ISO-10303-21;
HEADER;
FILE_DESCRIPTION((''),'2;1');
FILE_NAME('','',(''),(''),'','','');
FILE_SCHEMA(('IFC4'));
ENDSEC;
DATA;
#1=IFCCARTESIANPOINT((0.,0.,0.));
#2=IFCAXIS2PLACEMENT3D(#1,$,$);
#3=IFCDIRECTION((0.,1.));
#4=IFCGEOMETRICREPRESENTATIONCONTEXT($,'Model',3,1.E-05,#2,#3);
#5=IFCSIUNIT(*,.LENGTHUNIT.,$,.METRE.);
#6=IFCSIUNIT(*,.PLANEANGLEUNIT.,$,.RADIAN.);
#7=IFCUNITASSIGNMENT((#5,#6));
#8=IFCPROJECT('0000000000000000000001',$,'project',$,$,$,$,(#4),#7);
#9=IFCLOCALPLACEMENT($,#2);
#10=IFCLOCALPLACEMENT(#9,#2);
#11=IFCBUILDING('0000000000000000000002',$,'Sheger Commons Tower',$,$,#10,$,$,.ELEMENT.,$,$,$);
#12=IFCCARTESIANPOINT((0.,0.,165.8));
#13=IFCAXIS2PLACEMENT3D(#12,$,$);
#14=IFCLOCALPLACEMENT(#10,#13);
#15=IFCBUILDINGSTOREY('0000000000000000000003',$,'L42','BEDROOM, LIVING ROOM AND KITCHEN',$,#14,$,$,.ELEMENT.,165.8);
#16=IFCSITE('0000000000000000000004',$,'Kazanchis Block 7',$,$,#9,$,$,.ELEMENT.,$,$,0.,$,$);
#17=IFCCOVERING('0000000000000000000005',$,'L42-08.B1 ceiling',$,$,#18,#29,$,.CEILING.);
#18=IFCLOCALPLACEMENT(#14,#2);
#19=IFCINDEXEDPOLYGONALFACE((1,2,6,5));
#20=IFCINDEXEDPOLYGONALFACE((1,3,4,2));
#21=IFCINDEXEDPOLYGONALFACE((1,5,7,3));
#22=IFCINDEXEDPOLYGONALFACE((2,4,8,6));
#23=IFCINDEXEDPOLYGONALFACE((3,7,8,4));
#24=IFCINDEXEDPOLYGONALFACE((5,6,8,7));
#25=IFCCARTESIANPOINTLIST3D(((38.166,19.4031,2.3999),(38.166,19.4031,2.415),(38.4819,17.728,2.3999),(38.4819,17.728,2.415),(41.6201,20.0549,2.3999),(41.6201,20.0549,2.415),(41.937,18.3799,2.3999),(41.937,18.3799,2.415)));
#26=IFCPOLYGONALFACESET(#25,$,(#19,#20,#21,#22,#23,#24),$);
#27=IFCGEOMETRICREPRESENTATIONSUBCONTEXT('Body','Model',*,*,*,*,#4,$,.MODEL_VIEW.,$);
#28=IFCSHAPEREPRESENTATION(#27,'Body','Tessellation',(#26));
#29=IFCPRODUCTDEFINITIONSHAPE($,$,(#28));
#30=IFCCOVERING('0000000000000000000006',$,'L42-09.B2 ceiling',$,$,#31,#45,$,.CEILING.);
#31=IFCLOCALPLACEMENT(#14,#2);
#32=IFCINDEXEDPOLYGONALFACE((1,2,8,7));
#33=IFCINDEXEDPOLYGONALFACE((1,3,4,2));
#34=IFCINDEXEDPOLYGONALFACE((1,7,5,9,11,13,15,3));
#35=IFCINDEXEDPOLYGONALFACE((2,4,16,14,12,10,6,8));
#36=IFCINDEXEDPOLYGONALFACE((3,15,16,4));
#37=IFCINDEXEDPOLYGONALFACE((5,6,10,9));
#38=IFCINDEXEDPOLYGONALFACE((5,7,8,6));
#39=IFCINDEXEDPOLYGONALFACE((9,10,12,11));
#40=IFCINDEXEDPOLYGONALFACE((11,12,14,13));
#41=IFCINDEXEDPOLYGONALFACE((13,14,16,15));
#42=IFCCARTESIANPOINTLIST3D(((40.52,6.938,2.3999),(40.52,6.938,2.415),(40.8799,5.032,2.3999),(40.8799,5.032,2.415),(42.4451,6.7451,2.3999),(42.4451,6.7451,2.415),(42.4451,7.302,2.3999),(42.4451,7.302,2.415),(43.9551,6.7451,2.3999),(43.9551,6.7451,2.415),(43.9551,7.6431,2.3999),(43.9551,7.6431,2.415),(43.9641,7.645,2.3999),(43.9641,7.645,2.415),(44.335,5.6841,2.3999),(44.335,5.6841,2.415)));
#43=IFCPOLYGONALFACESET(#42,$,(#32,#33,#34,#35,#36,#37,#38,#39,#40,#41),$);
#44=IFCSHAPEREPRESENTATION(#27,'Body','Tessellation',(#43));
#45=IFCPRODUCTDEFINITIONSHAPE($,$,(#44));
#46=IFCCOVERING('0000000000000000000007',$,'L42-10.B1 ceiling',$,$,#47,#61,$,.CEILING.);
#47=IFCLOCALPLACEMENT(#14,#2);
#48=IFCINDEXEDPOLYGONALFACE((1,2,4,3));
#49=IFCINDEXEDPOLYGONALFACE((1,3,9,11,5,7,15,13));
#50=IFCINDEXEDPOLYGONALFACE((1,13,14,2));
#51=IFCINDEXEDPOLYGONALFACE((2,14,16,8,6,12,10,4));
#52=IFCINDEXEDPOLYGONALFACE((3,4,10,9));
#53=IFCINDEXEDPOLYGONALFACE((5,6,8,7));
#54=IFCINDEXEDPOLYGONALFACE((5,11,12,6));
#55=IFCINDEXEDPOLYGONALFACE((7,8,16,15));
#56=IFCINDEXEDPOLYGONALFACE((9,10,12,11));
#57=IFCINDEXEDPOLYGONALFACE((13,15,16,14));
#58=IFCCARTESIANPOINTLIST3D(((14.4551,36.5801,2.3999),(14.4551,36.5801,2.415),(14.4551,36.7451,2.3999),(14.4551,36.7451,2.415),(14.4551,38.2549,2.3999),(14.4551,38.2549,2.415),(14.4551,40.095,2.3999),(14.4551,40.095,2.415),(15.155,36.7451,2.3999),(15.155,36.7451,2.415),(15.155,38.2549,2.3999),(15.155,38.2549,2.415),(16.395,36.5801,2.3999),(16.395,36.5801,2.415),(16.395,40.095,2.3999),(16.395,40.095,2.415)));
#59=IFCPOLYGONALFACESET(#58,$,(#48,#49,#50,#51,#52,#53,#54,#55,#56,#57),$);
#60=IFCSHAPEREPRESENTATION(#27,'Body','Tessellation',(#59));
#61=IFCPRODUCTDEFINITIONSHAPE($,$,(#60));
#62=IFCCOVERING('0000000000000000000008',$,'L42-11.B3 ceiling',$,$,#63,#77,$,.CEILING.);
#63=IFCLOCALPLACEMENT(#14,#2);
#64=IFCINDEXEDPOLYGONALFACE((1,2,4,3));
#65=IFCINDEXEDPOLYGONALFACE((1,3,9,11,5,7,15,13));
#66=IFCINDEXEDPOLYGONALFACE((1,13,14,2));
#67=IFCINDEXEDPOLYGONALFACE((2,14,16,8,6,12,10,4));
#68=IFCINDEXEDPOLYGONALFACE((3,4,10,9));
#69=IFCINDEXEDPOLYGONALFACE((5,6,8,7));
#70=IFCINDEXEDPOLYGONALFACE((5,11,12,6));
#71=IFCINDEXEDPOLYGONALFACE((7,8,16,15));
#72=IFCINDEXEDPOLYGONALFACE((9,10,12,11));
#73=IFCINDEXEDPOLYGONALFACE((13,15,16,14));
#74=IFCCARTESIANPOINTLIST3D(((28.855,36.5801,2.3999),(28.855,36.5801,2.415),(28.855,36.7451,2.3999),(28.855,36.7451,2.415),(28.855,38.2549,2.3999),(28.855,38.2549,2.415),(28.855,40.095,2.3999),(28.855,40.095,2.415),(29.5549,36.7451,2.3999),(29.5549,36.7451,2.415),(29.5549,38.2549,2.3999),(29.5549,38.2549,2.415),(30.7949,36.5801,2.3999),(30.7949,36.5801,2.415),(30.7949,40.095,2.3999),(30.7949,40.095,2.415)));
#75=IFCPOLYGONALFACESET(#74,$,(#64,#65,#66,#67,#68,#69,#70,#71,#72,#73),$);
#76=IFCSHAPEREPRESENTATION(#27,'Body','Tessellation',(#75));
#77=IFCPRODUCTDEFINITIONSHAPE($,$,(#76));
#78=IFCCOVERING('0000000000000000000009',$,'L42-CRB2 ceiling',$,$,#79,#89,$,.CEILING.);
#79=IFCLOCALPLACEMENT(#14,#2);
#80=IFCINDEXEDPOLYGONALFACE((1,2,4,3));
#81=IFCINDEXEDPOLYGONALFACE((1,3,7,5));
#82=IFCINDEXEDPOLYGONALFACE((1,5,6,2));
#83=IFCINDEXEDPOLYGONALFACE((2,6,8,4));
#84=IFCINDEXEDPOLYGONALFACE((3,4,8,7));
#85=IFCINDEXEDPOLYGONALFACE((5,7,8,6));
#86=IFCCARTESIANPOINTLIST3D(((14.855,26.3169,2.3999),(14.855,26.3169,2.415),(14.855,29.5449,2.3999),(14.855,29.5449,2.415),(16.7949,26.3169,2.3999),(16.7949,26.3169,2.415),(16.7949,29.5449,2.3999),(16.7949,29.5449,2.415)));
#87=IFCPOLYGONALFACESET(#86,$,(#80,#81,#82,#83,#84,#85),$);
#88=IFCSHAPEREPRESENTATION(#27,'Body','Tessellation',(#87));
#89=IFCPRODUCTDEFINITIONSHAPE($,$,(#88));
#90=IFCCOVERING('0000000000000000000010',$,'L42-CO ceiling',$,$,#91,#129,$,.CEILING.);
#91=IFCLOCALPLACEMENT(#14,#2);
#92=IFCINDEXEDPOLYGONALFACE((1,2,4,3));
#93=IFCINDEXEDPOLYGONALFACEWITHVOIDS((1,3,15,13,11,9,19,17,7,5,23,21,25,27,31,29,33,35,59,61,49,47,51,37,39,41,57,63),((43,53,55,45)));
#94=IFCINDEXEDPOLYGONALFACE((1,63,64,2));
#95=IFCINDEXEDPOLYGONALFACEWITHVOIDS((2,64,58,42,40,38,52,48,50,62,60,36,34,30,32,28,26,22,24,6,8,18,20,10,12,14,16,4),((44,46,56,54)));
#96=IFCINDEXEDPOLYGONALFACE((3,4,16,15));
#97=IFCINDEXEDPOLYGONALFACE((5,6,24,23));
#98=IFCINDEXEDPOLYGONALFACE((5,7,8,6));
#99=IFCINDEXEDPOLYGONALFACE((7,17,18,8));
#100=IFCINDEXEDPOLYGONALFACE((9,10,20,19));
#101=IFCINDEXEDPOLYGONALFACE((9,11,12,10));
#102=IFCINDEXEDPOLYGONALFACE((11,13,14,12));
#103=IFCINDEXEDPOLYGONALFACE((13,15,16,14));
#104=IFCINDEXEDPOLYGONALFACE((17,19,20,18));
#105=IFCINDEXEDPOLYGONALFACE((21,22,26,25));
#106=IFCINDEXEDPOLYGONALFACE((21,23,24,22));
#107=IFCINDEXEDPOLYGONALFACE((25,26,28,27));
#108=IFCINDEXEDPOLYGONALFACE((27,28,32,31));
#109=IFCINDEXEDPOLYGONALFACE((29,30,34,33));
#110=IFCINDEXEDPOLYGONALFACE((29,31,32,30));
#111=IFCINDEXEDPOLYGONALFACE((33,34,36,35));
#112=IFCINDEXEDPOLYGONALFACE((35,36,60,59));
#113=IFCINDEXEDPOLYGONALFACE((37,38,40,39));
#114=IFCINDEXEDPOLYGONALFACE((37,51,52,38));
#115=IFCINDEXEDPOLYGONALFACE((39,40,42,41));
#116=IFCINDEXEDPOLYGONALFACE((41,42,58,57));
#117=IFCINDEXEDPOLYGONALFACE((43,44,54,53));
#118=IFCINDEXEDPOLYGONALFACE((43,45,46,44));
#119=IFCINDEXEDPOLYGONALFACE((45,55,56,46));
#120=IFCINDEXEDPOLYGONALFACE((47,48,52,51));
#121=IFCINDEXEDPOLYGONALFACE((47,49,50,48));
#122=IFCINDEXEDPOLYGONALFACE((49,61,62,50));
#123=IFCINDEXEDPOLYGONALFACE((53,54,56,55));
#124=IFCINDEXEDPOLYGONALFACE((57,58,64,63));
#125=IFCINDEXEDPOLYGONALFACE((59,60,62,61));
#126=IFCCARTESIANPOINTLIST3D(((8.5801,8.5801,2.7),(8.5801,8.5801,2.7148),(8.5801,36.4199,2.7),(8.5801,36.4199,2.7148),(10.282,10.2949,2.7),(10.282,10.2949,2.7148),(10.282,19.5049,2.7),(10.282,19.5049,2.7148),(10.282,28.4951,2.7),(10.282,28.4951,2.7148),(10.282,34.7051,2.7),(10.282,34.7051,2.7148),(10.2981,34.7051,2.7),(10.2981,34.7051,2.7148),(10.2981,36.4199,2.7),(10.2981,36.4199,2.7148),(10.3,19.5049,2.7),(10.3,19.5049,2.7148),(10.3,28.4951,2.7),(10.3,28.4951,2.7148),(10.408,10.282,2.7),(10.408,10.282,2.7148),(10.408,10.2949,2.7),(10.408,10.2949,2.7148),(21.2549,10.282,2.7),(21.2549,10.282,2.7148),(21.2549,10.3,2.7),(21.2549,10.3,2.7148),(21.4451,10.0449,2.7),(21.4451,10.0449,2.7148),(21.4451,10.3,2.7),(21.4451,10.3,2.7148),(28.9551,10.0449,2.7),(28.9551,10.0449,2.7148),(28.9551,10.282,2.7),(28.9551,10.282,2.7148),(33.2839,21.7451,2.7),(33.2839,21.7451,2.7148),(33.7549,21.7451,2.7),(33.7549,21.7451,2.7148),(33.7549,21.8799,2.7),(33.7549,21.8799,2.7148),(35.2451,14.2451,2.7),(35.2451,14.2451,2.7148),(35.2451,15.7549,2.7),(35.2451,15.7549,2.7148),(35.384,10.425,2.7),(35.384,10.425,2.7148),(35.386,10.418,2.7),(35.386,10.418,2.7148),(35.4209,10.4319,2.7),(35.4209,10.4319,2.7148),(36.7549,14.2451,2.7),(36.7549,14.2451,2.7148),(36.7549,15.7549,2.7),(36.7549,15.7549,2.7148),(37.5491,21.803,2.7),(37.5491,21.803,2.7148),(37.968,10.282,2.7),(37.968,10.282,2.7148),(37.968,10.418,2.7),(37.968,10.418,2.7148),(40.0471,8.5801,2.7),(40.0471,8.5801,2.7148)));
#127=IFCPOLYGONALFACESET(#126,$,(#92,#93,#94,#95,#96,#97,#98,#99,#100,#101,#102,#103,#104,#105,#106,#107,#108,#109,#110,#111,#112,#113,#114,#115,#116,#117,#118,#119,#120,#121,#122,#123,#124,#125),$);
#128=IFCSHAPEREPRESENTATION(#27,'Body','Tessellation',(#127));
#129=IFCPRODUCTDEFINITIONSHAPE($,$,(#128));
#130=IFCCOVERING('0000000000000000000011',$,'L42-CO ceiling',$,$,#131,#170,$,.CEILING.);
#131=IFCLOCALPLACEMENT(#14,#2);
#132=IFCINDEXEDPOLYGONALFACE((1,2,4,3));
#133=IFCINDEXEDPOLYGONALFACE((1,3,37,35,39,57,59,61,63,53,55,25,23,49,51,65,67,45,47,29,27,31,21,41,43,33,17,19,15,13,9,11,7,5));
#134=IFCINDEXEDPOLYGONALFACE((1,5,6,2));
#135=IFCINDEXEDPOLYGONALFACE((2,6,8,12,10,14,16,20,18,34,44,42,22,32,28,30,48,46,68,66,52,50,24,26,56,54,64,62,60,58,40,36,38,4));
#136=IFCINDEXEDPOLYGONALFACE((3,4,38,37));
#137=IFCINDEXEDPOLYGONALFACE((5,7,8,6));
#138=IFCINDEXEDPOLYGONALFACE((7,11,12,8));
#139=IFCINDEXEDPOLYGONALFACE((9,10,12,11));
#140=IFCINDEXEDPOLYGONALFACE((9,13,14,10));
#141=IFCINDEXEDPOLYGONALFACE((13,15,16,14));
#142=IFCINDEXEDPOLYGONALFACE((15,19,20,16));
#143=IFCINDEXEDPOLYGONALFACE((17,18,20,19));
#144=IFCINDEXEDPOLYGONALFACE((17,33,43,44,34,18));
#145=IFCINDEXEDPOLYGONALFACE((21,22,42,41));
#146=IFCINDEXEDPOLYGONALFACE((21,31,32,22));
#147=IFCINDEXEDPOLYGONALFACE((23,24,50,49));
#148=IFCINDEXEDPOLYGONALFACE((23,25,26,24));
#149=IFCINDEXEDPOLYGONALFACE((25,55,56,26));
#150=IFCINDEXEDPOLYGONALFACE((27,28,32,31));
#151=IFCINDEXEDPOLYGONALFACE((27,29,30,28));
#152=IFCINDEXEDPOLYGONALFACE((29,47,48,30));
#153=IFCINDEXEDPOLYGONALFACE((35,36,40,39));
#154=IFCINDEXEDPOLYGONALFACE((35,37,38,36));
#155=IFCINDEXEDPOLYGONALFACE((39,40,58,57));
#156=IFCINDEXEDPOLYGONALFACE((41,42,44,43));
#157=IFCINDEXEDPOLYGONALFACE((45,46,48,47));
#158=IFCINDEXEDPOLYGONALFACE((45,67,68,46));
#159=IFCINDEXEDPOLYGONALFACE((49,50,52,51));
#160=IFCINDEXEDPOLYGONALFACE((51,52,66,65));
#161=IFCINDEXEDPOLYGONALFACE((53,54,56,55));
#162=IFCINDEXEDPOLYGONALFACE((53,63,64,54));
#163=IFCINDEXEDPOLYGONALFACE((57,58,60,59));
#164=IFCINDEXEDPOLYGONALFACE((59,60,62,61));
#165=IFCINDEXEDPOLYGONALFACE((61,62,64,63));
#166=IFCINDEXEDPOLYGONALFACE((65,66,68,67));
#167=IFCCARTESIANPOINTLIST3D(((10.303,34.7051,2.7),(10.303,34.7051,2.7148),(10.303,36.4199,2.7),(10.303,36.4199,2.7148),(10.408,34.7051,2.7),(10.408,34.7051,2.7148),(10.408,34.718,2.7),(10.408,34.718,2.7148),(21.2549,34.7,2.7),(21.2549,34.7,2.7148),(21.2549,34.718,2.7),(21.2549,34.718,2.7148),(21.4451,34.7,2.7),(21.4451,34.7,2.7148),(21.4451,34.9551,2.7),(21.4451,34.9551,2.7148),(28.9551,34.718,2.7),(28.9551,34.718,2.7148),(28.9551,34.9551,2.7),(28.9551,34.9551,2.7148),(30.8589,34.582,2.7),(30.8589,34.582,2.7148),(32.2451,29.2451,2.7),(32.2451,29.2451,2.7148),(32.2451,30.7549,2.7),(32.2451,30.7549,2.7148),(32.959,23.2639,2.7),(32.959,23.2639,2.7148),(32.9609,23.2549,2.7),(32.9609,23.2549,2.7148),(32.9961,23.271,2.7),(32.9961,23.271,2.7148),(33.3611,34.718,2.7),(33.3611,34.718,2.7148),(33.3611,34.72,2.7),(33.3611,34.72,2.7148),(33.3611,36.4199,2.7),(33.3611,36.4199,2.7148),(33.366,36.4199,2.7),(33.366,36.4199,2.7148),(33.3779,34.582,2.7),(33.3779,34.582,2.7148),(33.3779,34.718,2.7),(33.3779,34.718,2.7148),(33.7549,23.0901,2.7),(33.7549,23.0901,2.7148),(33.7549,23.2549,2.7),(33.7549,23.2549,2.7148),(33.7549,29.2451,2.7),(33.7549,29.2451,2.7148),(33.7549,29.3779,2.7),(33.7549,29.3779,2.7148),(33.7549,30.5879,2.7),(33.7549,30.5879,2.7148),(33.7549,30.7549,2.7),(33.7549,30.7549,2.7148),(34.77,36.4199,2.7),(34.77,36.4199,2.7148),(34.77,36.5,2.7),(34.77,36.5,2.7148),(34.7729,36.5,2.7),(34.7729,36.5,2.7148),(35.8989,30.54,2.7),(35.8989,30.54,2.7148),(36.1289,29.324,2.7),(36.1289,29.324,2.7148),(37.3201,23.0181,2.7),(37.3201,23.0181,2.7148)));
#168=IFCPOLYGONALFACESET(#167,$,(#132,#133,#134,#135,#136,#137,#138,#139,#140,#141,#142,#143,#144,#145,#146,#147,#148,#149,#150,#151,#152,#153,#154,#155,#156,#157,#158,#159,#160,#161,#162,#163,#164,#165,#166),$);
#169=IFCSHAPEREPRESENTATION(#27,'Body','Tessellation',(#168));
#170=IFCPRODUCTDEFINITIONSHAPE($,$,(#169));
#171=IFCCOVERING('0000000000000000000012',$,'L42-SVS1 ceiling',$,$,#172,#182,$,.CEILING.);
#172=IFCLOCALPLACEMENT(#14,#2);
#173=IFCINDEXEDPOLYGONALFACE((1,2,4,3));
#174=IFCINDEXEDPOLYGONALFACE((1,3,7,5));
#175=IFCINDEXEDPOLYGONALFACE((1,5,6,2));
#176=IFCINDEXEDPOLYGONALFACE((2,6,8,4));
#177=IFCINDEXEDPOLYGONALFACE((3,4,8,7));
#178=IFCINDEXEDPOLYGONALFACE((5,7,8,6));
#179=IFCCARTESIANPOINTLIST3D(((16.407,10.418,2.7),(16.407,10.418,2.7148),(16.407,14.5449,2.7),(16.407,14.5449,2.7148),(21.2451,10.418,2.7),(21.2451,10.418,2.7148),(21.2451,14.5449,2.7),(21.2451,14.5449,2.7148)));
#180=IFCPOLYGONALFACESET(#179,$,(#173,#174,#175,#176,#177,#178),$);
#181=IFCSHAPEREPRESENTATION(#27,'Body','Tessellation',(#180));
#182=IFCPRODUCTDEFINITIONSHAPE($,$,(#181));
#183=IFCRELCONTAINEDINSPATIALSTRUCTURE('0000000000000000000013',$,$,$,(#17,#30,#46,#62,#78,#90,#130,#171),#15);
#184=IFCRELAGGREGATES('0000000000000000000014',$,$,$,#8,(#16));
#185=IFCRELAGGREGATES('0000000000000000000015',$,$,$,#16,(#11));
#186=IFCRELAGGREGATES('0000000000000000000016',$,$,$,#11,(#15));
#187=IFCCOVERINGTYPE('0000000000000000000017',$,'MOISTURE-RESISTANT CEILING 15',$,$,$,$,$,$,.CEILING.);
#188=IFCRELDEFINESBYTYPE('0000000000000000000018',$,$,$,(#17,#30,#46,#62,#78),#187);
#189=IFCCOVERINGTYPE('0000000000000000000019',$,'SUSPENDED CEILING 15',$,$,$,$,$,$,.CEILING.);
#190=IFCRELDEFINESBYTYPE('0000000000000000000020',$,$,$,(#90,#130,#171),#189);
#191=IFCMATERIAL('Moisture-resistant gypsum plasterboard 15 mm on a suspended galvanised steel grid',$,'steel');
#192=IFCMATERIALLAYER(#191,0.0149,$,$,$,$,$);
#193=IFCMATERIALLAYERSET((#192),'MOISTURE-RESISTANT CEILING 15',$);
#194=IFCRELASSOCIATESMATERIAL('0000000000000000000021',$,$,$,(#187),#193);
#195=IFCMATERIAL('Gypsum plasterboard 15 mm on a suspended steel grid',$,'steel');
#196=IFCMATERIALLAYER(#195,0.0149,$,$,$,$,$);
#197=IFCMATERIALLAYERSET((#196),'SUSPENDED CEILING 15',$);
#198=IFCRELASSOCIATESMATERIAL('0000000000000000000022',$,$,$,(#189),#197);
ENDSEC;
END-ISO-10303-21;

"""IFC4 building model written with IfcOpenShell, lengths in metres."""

from ifc_helpers import new_model, si_unit, direction, frame, origin, place, context, subcontext, project, spatial, polyline, outline, extrude, material, layer, layer_set, type_object, element, save


model = new_model("IFC4")

# Units and contexts
model_context = context("Model", 3, precision=1e-05, world=origin(), true_north=direction((0.0, 1.0)))
body_context = subcontext(model_context, "Body", "Model", "MODEL_VIEW")
ifc_project = project(units=[si_unit("LENGTHUNIT", "METRE"), si_unit("PLANEANGLEUNIT", "RADIAN")], contexts=[model_context])

# Site, building, storey
site_placement = place(None, origin())
site = spatial("IfcSite", under=ifc_project, at=site_placement, Name="Kazanchis Block 7", CompositionType="ELEMENT", RefElevation=0.0)
building_placement = place(site_placement, origin())
building = spatial("IfcBuilding", under=site, at=building_placement, Name="Sheger Commons Tower", CompositionType="ELEMENT")
storey_placement = place(building_placement, frame((0.0, 0.0, 165.8)))
storey = spatial("IfcBuildingStorey", under=building, at=storey_placement, Name="L42", Description="BEDROOM, LIVING ROOM AND KITCHEN", CompositionType="ELEMENT", Elevation=165.8)

# Coverings
ifc_material_1 = material(Name="Moisture-resistant gypsum plasterboard 15 mm on a suspended galvanised steel grid", Category="steel")
ifc_layer_1 = layer(ifc_material_1, 0.0149)
ifc_layer_set_1 = layer_set([ifc_layer_1], Name="MOISTURE-RESISTANT CEILING 15")
covering_type_1 = type_object("IfcCoveringType", Name="MOISTURE-RESISTANT CEILING 15", PredefinedType="CEILING", material=ifc_layer_set_1)
covering_1_placement = place(storey_placement, frame((0.0, 0.0, 2.3999)))
element("IfcCovering", 1, at=covering_1_placement, inside=storey, type_object=covering_type_1, Name="L42-08.B1 ceiling", PredefinedType="CEILING", context=body_context, shape_type="SweptSolid", body=[
    extrude(outline(polyline([(38.4819, 17.728), (41.937, 18.3799), (41.6201, 20.0549), (38.166, 19.4031), (38.4819, 17.728)])), origin(), (0.0, 0.0, 1.0), 0.0151),
])
covering_2_placement = place(storey_placement, frame((0.0, 0.0, 2.3999)))
element("IfcCovering", 2, at=covering_2_placement, inside=storey, type_object=covering_type_1, Name="L42-09.B2 ceiling", PredefinedType="CEILING", context=body_context, shape_type="SweptSolid", body=[
    extrude(outline(polyline([(40.8799, 5.032), (44.335, 5.6841), (43.9641, 7.645), (43.9551, 7.6431), (43.9551, 6.7451), (42.4451, 6.7451), (42.4451, 7.302), (40.52, 6.938), (40.8799, 5.032)])), origin(), (0.0, 0.0, 1.0), 0.0151),
])
covering_3_placement = place(storey_placement, frame((0.0, 0.0, 2.3999)))
element("IfcCovering", 3, at=covering_3_placement, inside=storey, type_object=covering_type_1, Name="L42-10.B1 ceiling", PredefinedType="CEILING", context=body_context, shape_type="SweptSolid", body=[
    extrude(outline(polyline([(14.4551, 36.5801), (16.395, 36.5801), (16.395, 40.095), (14.4551, 40.095), (14.4551, 38.2549), (15.155, 38.2549), (15.155, 36.7451), (14.4551, 36.7451), (14.4551, 36.5801)])), origin(), (0.0, 0.0, 1.0), 0.0151),
])
covering_4_placement = place(storey_placement, frame((0.0, 0.0, 2.3999)))
element("IfcCovering", 4, at=covering_4_placement, inside=storey, type_object=covering_type_1, Name="L42-11.B3 ceiling", PredefinedType="CEILING", context=body_context, shape_type="SweptSolid", body=[
    extrude(outline(polyline([(28.855, 36.5801), (30.7949, 36.5801), (30.7949, 40.095), (28.855, 40.095), (28.855, 38.2549), (29.5549, 38.2549), (29.5549, 36.7451), (28.855, 36.7451), (28.855, 36.5801)])), origin(), (0.0, 0.0, 1.0), 0.0151),
])
covering_5_placement = place(storey_placement, frame((0.0, 0.0, 2.3999)))
element("IfcCovering", 5, at=covering_5_placement, inside=storey, type_object=covering_type_1, Name="L42-CRB2 ceiling", PredefinedType="CEILING", context=body_context, shape_type="SweptSolid", body=[
    extrude(outline(polyline([(14.855, 26.3169), (16.7949, 26.3169), (16.7949, 29.5449), (14.855, 29.5449), (14.855, 26.3169)])), origin(), (0.0, 0.0, 1.0), 0.0151),
])
ifc_material_2 = material(Name="Gypsum plasterboard 15 mm on a suspended steel grid", Category="steel")
ifc_layer_2 = layer(ifc_material_2, 0.0149)
ifc_layer_set_2 = layer_set([ifc_layer_2], Name="SUSPENDED CEILING 15")
covering_type_2 = type_object("IfcCoveringType", Name="SUSPENDED CEILING 15", PredefinedType="CEILING", material=ifc_layer_set_2)
covering_6_placement = place(storey_placement, frame((0.0, 0.0, 2.7)))
element("IfcCovering", 6, at=covering_6_placement, inside=storey, type_object=covering_type_2, Name="L42-CO ceiling", PredefinedType="CEILING", context=body_context, shape_type="SweptSolid", body=[
    extrude(outline(polyline([(8.5801, 8.5801), (40.0471, 8.5801), (37.5491, 21.803), (33.7549, 21.8799), (33.7549, 21.7451), (33.2839, 21.7451), (35.4209, 10.4319), (35.384, 10.425), (35.386, 10.418), (37.968, 10.418), (37.968, 10.282), (28.9551, 10.282), (28.9551, 10.0449), (21.4451, 10.0449), (21.4451, 10.3), (21.2549, 10.3), (21.2549, 10.282), (10.408, 10.282), (10.408, 10.2949), (10.282, 10.2949), (10.282, 19.5049), (10.3, 19.5049), (10.3, 28.4951), (10.282, 28.4951), (10.282, 34.7051), (10.2981, 34.7051), (10.2981, 36.4199), (8.5801, 36.4199), (8.5801, 8.5801)]), holes=[polyline([(35.2451, 15.7549), (36.7549, 15.7549), (36.7549, 14.2451), (35.2451, 14.2451), (35.2451, 15.7549)])]), origin(), (0.0, 0.0, 1.0), 0.0149),
])
covering_7_placement = place(storey_placement, frame((0.0, 0.0, 2.7)))
element("IfcCovering", 7, at=covering_7_placement, inside=storey, type_object=covering_type_2, Name="L42-CO ceiling", PredefinedType="CEILING", context=body_context, shape_type="SweptSolid", body=[
    extrude(outline(polyline([(37.3201, 23.0181), (36.1289, 29.324), (33.7549, 29.3779), (33.7549, 29.2451), (32.2451, 29.2451), (32.2451, 30.7549), (33.7549, 30.7549), (33.7549, 30.5879), (35.8989, 30.54), (34.7729, 36.5), (34.77, 36.5), (34.77, 36.4199), (33.366, 36.4199), (33.3611, 34.72), (33.3611, 36.4199), (10.303, 36.4199), (10.303, 34.7051), (10.408, 34.7051), (10.408, 34.718), (21.2549, 34.718), (21.2549, 34.7), (21.4451, 34.7), (21.4451, 34.9551), (28.9551, 34.9551), (28.9551, 34.718), (33.3611, 34.718), (33.3779, 34.718), (33.3779, 34.582), (30.8589, 34.582), (32.9961, 23.271), (32.959, 23.2639), (32.9609, 23.2549), (33.7549, 23.2549), (33.7549, 23.0901), (37.3201, 23.0181)])), origin(), (0.0, 0.0, 1.0), 0.0149),
])
covering_8_placement = place(storey_placement, frame((0.0, 0.0, 2.7)))
element("IfcCovering", 8, at=covering_8_placement, inside=storey, type_object=covering_type_2, Name="L42-SVS1 ceiling", PredefinedType="CEILING", context=body_context, shape_type="SweptSolid", body=[
    extrude(outline(polyline([(16.407, 10.418), (21.2451, 10.418), (21.2451, 14.5449), (16.407, 14.5449), (16.407, 10.418)])), origin(), (0.0, 0.0, 1.0), 0.0149),
])

save(model, "model.ifc")
